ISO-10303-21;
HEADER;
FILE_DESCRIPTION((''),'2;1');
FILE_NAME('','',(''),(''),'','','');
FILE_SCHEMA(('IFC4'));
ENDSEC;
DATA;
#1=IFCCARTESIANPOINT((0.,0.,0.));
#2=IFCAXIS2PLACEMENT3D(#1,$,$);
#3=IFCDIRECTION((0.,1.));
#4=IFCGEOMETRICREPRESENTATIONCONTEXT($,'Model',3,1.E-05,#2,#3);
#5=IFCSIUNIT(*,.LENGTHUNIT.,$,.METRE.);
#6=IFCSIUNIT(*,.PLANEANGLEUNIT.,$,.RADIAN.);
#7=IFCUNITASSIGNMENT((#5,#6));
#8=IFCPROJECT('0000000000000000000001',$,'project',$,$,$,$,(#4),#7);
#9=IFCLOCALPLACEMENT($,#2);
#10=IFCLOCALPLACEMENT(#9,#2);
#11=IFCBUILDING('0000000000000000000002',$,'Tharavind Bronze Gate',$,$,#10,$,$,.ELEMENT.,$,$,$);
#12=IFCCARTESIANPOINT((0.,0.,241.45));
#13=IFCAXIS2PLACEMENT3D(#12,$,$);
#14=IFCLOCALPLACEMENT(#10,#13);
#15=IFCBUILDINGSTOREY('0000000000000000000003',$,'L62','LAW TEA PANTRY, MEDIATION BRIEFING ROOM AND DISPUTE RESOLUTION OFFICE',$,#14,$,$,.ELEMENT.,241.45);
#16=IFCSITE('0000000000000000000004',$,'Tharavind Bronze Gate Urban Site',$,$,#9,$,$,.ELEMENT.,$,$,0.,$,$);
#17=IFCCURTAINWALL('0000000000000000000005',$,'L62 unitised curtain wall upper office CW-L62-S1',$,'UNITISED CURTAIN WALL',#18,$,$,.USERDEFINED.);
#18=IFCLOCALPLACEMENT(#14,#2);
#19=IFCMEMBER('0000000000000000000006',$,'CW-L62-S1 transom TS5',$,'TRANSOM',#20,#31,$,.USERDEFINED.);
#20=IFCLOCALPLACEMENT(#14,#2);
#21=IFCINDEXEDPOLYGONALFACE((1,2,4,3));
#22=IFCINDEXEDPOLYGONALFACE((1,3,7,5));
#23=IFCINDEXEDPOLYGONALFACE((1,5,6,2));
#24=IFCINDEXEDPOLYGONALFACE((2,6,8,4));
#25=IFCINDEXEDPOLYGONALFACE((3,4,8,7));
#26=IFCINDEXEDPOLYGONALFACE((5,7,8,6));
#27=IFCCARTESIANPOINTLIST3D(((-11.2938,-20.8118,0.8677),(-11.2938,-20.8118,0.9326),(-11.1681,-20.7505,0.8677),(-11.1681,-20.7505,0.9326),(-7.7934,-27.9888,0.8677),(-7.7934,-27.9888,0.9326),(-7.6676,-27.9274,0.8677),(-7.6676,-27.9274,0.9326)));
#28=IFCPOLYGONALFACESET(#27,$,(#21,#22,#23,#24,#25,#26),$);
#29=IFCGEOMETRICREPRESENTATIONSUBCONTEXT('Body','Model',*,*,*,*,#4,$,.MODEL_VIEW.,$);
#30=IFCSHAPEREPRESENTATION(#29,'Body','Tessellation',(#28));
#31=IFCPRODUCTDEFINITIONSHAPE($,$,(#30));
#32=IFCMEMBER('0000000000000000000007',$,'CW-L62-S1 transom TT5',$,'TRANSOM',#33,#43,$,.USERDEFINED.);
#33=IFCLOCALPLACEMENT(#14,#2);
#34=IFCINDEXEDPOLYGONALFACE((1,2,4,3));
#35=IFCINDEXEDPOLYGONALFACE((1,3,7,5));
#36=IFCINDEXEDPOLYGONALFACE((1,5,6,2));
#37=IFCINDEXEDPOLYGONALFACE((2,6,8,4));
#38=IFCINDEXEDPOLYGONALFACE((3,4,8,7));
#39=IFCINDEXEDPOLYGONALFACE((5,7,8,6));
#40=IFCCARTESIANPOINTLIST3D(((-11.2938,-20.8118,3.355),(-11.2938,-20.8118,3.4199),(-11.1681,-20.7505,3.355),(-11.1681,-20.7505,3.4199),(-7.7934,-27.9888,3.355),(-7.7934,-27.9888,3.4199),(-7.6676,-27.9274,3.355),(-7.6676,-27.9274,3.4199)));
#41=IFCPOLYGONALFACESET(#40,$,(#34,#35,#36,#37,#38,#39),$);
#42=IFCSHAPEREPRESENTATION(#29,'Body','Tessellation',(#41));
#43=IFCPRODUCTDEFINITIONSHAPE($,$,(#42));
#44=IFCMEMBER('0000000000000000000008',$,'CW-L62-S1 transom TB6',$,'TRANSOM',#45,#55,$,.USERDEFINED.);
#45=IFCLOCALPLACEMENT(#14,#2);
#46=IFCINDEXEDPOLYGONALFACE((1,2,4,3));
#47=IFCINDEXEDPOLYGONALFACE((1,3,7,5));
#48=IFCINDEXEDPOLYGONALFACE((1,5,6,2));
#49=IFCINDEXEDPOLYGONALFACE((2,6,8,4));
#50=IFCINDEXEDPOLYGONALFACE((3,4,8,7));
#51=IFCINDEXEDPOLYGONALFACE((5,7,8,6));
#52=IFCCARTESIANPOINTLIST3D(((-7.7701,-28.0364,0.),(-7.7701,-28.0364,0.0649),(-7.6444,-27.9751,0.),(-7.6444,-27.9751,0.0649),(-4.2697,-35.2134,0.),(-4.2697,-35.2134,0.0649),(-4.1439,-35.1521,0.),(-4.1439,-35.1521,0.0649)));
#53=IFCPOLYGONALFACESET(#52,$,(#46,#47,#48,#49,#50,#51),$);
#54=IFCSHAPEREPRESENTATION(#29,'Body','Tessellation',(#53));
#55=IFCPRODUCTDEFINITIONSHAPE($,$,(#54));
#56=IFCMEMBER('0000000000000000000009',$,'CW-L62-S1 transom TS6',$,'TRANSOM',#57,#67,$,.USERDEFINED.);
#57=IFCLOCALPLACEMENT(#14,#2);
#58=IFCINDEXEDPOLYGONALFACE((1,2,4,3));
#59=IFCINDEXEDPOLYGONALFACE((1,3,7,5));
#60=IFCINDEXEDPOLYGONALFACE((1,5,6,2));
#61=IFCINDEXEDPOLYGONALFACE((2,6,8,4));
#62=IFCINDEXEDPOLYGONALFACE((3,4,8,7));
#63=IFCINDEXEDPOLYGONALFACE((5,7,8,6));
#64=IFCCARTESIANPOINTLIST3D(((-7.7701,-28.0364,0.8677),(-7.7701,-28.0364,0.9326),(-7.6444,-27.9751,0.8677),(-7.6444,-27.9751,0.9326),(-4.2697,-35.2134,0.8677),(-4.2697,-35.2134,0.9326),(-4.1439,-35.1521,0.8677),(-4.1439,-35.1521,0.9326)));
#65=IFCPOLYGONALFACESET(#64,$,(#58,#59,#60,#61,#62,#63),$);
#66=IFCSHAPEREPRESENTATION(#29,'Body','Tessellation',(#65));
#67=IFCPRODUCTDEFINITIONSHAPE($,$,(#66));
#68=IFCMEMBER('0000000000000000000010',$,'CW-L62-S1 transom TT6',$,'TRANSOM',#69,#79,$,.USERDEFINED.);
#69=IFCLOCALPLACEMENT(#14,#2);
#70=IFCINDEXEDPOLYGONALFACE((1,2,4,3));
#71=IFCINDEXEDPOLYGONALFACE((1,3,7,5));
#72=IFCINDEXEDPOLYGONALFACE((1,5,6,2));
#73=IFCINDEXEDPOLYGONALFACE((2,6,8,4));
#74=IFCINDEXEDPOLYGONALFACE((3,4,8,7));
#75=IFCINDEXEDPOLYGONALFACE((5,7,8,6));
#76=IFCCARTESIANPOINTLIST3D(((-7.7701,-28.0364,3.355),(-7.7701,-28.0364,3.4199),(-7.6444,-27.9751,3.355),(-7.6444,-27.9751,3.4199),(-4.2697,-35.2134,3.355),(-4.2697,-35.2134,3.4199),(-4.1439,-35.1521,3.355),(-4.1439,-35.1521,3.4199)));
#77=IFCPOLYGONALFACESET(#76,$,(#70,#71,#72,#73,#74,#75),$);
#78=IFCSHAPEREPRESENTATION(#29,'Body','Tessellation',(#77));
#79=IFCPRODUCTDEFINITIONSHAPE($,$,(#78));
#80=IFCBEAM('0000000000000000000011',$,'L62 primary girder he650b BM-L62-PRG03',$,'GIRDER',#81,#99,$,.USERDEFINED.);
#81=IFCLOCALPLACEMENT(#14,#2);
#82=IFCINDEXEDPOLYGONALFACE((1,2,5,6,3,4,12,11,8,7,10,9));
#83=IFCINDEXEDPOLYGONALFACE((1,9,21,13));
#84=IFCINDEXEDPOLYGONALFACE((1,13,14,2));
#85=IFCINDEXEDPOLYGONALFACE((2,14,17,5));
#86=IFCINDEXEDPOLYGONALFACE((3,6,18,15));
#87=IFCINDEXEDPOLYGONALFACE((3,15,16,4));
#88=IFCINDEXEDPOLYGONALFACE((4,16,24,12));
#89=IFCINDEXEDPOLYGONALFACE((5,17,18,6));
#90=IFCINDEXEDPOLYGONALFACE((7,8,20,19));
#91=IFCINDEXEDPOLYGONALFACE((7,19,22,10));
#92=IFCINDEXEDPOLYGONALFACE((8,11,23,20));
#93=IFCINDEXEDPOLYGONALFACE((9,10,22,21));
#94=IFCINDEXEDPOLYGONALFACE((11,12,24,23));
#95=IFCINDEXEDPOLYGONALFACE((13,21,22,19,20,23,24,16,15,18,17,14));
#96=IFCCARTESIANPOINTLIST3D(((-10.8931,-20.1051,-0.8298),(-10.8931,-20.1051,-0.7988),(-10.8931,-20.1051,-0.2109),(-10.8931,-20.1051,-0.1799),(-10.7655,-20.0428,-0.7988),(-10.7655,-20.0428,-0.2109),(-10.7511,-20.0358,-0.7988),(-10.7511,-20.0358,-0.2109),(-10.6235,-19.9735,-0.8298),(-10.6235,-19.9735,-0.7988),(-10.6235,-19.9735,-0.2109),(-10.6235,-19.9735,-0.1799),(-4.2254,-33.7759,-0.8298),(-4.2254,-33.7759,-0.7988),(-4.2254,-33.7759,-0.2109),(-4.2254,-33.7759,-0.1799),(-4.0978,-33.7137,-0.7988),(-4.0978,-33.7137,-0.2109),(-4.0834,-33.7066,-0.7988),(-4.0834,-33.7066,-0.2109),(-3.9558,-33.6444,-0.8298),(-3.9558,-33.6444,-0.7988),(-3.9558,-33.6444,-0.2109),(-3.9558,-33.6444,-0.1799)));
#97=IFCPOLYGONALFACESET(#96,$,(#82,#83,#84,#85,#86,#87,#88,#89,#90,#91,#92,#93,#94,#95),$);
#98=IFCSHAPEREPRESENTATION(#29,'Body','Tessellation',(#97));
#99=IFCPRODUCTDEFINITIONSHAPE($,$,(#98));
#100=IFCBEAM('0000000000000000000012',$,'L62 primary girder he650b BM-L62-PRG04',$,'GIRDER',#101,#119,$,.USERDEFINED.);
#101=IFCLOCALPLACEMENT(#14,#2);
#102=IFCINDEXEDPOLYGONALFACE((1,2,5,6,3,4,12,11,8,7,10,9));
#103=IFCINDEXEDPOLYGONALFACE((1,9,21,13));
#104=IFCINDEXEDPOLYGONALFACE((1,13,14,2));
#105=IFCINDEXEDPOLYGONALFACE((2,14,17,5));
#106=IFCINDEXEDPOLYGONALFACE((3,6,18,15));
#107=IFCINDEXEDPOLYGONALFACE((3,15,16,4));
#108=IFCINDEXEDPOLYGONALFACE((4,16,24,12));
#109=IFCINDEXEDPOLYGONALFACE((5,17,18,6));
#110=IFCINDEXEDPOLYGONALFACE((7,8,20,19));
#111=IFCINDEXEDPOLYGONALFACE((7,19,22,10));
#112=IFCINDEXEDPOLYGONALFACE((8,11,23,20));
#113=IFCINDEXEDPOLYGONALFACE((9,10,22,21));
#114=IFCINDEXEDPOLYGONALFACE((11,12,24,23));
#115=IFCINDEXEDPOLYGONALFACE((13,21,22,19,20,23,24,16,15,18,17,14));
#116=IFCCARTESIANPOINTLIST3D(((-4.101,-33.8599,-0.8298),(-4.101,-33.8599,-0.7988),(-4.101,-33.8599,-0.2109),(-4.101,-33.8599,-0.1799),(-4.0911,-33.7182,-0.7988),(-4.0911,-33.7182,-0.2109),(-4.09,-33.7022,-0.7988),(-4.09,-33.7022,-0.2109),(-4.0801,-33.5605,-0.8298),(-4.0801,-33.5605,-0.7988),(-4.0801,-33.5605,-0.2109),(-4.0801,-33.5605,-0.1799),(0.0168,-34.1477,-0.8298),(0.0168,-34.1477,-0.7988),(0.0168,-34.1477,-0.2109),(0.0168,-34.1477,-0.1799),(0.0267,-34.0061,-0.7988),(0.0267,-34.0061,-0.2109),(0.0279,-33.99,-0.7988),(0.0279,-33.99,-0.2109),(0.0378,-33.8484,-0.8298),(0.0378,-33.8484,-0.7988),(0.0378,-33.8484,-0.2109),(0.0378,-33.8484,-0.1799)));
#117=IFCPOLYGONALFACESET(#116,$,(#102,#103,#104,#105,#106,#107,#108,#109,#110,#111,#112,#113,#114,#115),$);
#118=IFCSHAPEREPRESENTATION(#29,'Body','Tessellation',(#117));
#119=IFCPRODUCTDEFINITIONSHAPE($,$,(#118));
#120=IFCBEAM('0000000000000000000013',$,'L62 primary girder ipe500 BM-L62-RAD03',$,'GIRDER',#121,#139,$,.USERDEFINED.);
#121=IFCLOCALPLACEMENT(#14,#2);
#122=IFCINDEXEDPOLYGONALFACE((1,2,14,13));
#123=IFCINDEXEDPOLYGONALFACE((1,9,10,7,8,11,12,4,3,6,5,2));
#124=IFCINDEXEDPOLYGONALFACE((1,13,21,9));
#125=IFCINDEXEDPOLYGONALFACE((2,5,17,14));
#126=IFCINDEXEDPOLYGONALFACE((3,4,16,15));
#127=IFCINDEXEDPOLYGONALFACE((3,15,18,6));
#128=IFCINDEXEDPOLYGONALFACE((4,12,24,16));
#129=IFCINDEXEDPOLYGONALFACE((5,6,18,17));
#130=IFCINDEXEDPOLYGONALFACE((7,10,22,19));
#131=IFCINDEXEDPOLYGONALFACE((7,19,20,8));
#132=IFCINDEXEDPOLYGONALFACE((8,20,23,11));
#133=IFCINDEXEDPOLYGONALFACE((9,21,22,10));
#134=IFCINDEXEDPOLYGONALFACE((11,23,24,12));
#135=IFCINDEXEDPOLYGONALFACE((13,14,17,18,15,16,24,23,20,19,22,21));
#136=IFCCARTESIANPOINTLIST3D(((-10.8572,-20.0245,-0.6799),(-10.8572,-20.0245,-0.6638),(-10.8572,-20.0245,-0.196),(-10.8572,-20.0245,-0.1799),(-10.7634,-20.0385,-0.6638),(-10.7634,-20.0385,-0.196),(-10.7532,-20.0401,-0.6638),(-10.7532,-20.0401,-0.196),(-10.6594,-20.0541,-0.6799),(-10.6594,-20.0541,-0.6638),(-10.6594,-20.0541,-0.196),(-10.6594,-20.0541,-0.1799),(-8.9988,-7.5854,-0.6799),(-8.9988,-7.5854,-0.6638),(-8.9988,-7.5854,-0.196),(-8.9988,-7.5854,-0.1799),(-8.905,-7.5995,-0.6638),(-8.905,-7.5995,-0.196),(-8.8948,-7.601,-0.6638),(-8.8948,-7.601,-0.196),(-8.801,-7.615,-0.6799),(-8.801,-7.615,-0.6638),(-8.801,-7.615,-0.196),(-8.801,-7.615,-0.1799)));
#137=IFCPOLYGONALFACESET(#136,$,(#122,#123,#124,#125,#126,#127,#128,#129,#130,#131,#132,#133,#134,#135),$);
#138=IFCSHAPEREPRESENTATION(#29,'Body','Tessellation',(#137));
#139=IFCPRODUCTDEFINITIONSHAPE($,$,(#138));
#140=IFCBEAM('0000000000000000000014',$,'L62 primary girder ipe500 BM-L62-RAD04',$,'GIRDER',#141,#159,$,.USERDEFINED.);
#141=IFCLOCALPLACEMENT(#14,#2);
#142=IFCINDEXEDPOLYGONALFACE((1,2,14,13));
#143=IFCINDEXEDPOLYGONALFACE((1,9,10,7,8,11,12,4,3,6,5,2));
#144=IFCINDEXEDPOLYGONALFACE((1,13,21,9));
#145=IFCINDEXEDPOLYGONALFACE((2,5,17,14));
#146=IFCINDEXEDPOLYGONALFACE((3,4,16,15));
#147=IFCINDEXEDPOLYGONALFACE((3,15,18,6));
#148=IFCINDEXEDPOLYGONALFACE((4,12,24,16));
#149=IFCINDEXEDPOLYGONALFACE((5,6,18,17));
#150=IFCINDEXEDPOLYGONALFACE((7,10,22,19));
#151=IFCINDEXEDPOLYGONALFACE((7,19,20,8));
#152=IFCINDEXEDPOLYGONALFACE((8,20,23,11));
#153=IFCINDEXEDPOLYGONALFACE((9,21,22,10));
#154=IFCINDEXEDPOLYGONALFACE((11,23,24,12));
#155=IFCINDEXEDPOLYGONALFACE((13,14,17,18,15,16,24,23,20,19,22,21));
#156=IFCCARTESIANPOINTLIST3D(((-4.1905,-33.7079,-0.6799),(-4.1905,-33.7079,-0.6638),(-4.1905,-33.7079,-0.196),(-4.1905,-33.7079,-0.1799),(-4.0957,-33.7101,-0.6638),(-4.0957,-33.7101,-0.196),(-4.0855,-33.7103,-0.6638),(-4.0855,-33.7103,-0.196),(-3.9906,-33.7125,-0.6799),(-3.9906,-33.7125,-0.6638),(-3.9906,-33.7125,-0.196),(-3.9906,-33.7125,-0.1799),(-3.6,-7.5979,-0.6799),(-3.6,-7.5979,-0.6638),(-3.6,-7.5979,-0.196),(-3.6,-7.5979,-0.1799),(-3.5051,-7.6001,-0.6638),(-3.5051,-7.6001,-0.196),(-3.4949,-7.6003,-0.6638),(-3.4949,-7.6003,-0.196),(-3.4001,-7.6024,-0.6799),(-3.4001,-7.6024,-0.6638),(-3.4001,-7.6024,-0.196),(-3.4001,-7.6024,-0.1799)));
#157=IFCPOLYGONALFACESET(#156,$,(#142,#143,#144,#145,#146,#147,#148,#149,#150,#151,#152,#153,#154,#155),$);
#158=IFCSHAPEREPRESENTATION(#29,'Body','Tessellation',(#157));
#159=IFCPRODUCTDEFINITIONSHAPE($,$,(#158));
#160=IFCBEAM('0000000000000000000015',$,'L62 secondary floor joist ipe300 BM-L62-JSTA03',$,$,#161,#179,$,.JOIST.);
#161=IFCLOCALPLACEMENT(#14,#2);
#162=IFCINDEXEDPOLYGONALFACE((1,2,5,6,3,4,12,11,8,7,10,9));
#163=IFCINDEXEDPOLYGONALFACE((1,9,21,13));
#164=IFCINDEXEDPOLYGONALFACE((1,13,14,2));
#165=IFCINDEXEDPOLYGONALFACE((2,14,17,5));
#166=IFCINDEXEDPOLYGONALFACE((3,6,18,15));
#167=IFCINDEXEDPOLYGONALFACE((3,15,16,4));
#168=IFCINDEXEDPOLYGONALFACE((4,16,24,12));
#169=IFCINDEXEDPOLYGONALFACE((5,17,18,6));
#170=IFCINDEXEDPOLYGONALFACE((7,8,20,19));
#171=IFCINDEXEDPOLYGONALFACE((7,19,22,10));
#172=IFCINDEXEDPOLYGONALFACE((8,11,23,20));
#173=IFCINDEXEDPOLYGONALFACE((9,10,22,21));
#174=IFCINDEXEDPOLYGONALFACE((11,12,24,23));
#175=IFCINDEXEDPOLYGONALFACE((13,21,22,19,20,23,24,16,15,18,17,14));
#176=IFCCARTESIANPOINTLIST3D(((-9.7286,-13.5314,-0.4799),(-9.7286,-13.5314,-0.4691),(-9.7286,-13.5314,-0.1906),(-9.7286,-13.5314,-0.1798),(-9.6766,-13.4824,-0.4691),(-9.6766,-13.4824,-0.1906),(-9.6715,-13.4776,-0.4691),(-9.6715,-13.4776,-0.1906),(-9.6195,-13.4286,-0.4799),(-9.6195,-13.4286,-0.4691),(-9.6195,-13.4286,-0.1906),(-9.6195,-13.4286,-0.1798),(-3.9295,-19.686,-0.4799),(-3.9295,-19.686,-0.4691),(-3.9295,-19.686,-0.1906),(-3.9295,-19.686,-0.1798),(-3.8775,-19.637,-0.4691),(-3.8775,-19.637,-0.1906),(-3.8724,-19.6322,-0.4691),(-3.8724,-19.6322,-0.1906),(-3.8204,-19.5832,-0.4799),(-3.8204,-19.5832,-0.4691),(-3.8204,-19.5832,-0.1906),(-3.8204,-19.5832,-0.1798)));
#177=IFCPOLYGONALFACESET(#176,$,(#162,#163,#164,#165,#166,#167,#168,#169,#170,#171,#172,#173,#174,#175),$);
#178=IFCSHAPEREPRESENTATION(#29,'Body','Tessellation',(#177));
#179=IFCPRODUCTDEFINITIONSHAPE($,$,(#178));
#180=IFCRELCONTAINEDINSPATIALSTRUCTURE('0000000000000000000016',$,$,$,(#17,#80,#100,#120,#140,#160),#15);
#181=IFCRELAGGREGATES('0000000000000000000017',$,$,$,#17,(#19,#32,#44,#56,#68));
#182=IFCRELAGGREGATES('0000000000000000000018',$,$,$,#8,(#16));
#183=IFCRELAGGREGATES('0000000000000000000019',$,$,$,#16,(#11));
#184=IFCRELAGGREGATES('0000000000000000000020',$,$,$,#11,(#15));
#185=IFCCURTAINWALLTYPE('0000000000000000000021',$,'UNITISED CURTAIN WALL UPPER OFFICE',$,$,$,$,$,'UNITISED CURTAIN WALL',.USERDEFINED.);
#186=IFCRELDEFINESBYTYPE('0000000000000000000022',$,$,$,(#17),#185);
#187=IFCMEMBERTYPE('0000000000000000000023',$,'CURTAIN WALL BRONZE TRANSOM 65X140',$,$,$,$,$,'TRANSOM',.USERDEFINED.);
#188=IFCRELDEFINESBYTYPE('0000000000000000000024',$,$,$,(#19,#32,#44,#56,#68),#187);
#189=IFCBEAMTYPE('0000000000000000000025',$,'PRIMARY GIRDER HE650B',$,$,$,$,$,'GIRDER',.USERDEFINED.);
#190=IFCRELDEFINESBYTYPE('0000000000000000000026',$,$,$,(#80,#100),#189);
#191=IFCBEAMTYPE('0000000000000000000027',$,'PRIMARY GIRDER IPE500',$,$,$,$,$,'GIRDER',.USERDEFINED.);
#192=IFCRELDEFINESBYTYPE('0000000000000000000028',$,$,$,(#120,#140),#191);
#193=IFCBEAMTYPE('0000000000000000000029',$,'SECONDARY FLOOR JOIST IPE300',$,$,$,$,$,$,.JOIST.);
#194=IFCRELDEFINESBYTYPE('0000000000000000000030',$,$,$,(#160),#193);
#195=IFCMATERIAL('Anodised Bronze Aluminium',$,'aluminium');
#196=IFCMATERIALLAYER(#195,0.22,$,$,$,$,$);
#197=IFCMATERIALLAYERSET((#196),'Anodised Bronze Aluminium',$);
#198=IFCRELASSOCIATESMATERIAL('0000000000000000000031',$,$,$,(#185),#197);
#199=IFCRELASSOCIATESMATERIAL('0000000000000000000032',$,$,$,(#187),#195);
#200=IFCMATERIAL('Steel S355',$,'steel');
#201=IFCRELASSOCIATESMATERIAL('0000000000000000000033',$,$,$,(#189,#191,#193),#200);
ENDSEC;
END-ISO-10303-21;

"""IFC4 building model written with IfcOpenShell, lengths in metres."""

from ifc_helpers import new_model, si_unit, direction, frame, origin, origin_2d, place, context, subcontext, project, spatial, rectangle, i_section, extrude, material, layer, layer_set, material_profile, profile_set, type_object, element, aggregate, save


model = new_model("IFC4")

# Units and contexts
model_context = context("Model", 3, precision=1e-05, world=origin(), true_north=direction((0.0, 1.0)))
body_context = subcontext(model_context, "Body", "Model", "MODEL_VIEW")
ifc_project = project(units=[si_unit("LENGTHUNIT", "METRE"), si_unit("PLANEANGLEUNIT", "RADIAN")], contexts=[model_context])

# Site, building, storey
site_placement = place(None, origin())
site = spatial("IfcSite", under=ifc_project, at=site_placement, Name="Tharavind Bronze Gate Urban Site", CompositionType="ELEMENT", RefElevation=0.0)
building_placement = place(site_placement, origin())
building = spatial("IfcBuilding", under=site, at=building_placement, Name="Tharavind Bronze Gate", CompositionType="ELEMENT")
storey_placement = place(building_placement, frame((0.0, 0.0, 241.45)))
storey = spatial("IfcBuildingStorey", under=building, at=storey_placement, Name="L62", Description="LAW TEA PANTRY, MEDIATION BRIEFING ROOM AND DISPUTE RESOLUTION OFFICE", CompositionType="ELEMENT", Elevation=241.45)

# Curtain wall
ifc_material_1 = material(Name="Anodised Bronze Aluminium", Category="aluminium")
ifc_layer_1 = layer(ifc_material_1, 0.22)
ifc_layer_set_1 = layer_set([ifc_layer_1], Name="Anodised Bronze Aluminium")
curtain_wall_type = type_object("IfcCurtainWallType", Name="UNITISED CURTAIN WALL UPPER OFFICE", ElementType="UNITISED CURTAIN WALL", PredefinedType="USERDEFINED", material=ifc_layer_set_1)
curtain_wall_1_placement = place(storey_placement, origin())
curtain_wall_1 = element("IfcCurtainWall", 1, at=curtain_wall_1_placement, inside=storey, type_object=curtain_wall_type, Name="L62 unitised curtain wall upper office CW-L62-S1", ObjectType="UNITISED CURTAIN WALL", PredefinedType="USERDEFINED")

# Members
member_type_1 = type_object("IfcMemberType", Name="CURTAIN WALL BRONZE TRANSOM 65X140", ElementType="TRANSOM", PredefinedType="USERDEFINED", material=ifc_material_1)
member_1_placement = place(storey_placement, frame((-9.4807, -24.3696, 0.8677), z_axis=(0.0, 0.0, 1.0), x_axis=(0.438371, -0.898794, 0.0)))
member_1 = element("IfcMember", 2, at=member_1_placement, type_object=member_type_1, Name="CW-L62-S1 transom TS5", ObjectType="TRANSOM", PredefinedType="USERDEFINED", context=body_context, shape_type="SweptSolid", body=[
    extrude(rectangle(XDim=7.9851, YDim=0.1399, at=origin_2d()), origin(), (0.0, 0.0, 1.0), 0.0649),
])
member_2_placement = place(storey_placement, frame((-9.4807, -24.3696, 3.355), z_axis=(0.0, 0.0, 1.0), x_axis=(0.438371, -0.898794, 0.0)))
member_2 = element("IfcMember", 3, at=member_2_placement, type_object=member_type_1, Name="CW-L62-S1 transom TT5", ObjectType="TRANSOM", PredefinedType="USERDEFINED", context=body_context, shape_type="SweptSolid", body=[
    extrude(rectangle(XDim=7.9851, YDim=0.1399, at=origin_2d()), origin(), (0.0, 0.0, 1.0), 0.0649),
])
member_3_placement = place(storey_placement, frame((-5.957, -31.5942, 0.0), z_axis=(0.0, 0.0, 1.0), x_axis=(0.438371, -0.898794, 0.0)))
member_3 = element("IfcMember", 4, at=member_3_placement, type_object=member_type_1, Name="CW-L62-S1 transom TB6", ObjectType="TRANSOM", PredefinedType="USERDEFINED", context=body_context, shape_type="SweptSolid", body=[
    extrude(rectangle(XDim=7.9851, YDim=0.1399, at=origin_2d()), origin(), (0.0, 0.0, 1.0), 0.0649),
])
member_4_placement = place(storey_placement, frame((-5.957, -31.5942, 0.8677), z_axis=(0.0, 0.0, 1.0), x_axis=(0.438371, -0.898794, 0.0)))
member_4 = element("IfcMember", 5, at=member_4_placement, type_object=member_type_1, Name="CW-L62-S1 transom TS6", ObjectType="TRANSOM", PredefinedType="USERDEFINED", context=body_context, shape_type="SweptSolid", body=[
    extrude(rectangle(XDim=7.9851, YDim=0.1399, at=origin_2d()), origin(), (0.0, 0.0, 1.0), 0.0649),
])
member_5_placement = place(storey_placement, frame((-5.957, -31.5942, 3.355), z_axis=(0.0, 0.0, 1.0), x_axis=(0.438371, -0.898794, 0.0)))
member_5 = element("IfcMember", 6, at=member_5_placement, type_object=member_type_1, Name="CW-L62-S1 transom TT6", ObjectType="TRANSOM", PredefinedType="USERDEFINED", context=body_context, shape_type="SweptSolid", body=[
    extrude(rectangle(XDim=7.9851, YDim=0.1399, at=origin_2d()), origin(), (0.0, 0.0, 1.0), 0.0649),
])

# Beams
ifc_material_2 = material(Name="Steel S355", Category="steel")
ifc_material_profile_1 = material_profile(ifc_material_2, i_section(OverallWidth=0.3, OverallDepth=0.6499, WebThickness=0.0161, FlangeThickness=0.031, at=origin_2d()), Name="HE650B")
ifc_profile_set_1 = profile_set([ifc_material_profile_1], Name="Steel S355")
beam_type_1 = type_object("IfcBeamType", Name="PRIMARY GIRDER HE650B", ElementType="GIRDER", PredefinedType="USERDEFINED", material=ifc_profile_set_1)
beam_1_placement = place(storey_placement, frame((-10.7583, -20.0393, -0.5049), z_axis=(0.43837, -0.898795, 0.0), x_axis=(0.898795, 0.43837, 0.0)))
element("IfcBeam", 7, at=beam_1_placement, inside=storey, type_object=beam_type_1, Name="L62 primary girder he650b BM-L62-PRG03", ObjectType="GIRDER", PredefinedType="USERDEFINED", context=body_context, shape_type="SweptSolid", body=[
    extrude(i_section(OverallWidth=0.3, OverallDepth=0.6499, WebThickness=0.0161, FlangeThickness=0.031, at=origin_2d()), origin(), (0.0, 0.0, 1.0), 15.2102),
])
beam_2_placement = place(storey_placement, frame((-4.0906, -33.7102, -0.5049), z_axis=(0.997566, -0.06973, 0.0), x_axis=(0.06973, 0.997566, 0.0)))
element("IfcBeam", 8, at=beam_2_placement, inside=storey, type_object=beam_type_1, Name="L62 primary girder he650b BM-L62-PRG04", ObjectType="GIRDER", PredefinedType="USERDEFINED", context=body_context, shape_type="SweptSolid", body=[
    extrude(i_section(OverallWidth=0.3, OverallDepth=0.6499, WebThickness=0.0161, FlangeThickness=0.031, at=origin_2d()), origin(), (0.0, 0.0, 1.0), 4.1279),
])
ifc_material_profile_2 = material_profile(ifc_material_2, i_section(OverallWidth=0.2, OverallDepth=0.5, WebThickness=0.0103, FlangeThickness=0.0161, at=origin_2d()), Name="IPE500")
ifc_profile_set_2 = profile_set([ifc_material_profile_2], Name="Steel S355")
beam_type_2 = type_object("IfcBeamType", Name="PRIMARY GIRDER IPE500", ElementType="GIRDER", PredefinedType="USERDEFINED", material=ifc_profile_set_2)
beam_3_placement = place(storey_placement, frame((-10.7583, -20.0393, -0.4299), z_axis=(0.147759, 0.989023, 0.0), x_axis=(-0.989023, 0.147759, 0.0)))
element("IfcBeam", 9, at=beam_3_placement, inside=storey, type_object=beam_type_2, Name="L62 primary girder ipe500 BM-L62-RAD03", ObjectType="GIRDER", PredefinedType="USERDEFINED", context=body_context, shape_type="SweptSolid", body=[
    extrude(i_section(OverallWidth=0.2, OverallDepth=0.5, WebThickness=0.0103, FlangeThickness=0.0161, at=origin_2d()), origin(), (0.0, 0.0, 1.0), 12.5771),
])
beam_4_placement = place(storey_placement, frame((-4.0906, -33.7102, -0.4299), z_axis=(0.022613, 0.999744, 0.0), x_axis=(-0.999744, 0.022613, 0.0)))
element("IfcBeam", 10, at=beam_4_placement, inside=storey, type_object=beam_type_2, Name="L62 primary girder ipe500 BM-L62-RAD04", ObjectType="GIRDER", PredefinedType="USERDEFINED", context=body_context, shape_type="SweptSolid", body=[
    extrude(i_section(OverallWidth=0.2, OverallDepth=0.5, WebThickness=0.0103, FlangeThickness=0.0161, at=origin_2d()), origin(), (0.0, 0.0, 1.0), 26.1167),
])
ifc_material_profile_3 = material_profile(ifc_material_2, i_section(OverallWidth=0.1499, OverallDepth=0.3, WebThickness=0.0071, FlangeThickness=0.0107, at=origin_2d()), Name="IPE300")
ifc_profile_set_3 = profile_set([ifc_material_profile_3], Name="Steel S355")
beam_type_3 = type_object("IfcBeamType", Name="SECONDARY FLOOR JOIST IPE300", PredefinedType="JOIST", material=ifc_profile_set_3)
beam_5_placement = place(storey_placement, frame((-9.6741, -13.48, -0.3298), z_axis=(0.685776, -0.727813, 0.0), x_axis=(0.727813, 0.685776, 0.0)))
element("IfcBeam", 11, at=beam_5_placement, inside=storey, type_object=beam_type_3, Name="L62 secondary floor joist ipe300 BM-L62-JSTA03", PredefinedType="JOIST", context=body_context, shape_type="SweptSolid", body=[
    extrude(i_section(OverallWidth=0.1499, OverallDepth=0.3, WebThickness=0.0071, FlangeThickness=0.0107, at=origin_2d()), origin(), (0.0, 0.0, 1.0), 8.4563),
])

aggregate(curtain_wall_1, [member_1, member_2, member_3, member_4, member_5])

save(model, "model.ifc")
